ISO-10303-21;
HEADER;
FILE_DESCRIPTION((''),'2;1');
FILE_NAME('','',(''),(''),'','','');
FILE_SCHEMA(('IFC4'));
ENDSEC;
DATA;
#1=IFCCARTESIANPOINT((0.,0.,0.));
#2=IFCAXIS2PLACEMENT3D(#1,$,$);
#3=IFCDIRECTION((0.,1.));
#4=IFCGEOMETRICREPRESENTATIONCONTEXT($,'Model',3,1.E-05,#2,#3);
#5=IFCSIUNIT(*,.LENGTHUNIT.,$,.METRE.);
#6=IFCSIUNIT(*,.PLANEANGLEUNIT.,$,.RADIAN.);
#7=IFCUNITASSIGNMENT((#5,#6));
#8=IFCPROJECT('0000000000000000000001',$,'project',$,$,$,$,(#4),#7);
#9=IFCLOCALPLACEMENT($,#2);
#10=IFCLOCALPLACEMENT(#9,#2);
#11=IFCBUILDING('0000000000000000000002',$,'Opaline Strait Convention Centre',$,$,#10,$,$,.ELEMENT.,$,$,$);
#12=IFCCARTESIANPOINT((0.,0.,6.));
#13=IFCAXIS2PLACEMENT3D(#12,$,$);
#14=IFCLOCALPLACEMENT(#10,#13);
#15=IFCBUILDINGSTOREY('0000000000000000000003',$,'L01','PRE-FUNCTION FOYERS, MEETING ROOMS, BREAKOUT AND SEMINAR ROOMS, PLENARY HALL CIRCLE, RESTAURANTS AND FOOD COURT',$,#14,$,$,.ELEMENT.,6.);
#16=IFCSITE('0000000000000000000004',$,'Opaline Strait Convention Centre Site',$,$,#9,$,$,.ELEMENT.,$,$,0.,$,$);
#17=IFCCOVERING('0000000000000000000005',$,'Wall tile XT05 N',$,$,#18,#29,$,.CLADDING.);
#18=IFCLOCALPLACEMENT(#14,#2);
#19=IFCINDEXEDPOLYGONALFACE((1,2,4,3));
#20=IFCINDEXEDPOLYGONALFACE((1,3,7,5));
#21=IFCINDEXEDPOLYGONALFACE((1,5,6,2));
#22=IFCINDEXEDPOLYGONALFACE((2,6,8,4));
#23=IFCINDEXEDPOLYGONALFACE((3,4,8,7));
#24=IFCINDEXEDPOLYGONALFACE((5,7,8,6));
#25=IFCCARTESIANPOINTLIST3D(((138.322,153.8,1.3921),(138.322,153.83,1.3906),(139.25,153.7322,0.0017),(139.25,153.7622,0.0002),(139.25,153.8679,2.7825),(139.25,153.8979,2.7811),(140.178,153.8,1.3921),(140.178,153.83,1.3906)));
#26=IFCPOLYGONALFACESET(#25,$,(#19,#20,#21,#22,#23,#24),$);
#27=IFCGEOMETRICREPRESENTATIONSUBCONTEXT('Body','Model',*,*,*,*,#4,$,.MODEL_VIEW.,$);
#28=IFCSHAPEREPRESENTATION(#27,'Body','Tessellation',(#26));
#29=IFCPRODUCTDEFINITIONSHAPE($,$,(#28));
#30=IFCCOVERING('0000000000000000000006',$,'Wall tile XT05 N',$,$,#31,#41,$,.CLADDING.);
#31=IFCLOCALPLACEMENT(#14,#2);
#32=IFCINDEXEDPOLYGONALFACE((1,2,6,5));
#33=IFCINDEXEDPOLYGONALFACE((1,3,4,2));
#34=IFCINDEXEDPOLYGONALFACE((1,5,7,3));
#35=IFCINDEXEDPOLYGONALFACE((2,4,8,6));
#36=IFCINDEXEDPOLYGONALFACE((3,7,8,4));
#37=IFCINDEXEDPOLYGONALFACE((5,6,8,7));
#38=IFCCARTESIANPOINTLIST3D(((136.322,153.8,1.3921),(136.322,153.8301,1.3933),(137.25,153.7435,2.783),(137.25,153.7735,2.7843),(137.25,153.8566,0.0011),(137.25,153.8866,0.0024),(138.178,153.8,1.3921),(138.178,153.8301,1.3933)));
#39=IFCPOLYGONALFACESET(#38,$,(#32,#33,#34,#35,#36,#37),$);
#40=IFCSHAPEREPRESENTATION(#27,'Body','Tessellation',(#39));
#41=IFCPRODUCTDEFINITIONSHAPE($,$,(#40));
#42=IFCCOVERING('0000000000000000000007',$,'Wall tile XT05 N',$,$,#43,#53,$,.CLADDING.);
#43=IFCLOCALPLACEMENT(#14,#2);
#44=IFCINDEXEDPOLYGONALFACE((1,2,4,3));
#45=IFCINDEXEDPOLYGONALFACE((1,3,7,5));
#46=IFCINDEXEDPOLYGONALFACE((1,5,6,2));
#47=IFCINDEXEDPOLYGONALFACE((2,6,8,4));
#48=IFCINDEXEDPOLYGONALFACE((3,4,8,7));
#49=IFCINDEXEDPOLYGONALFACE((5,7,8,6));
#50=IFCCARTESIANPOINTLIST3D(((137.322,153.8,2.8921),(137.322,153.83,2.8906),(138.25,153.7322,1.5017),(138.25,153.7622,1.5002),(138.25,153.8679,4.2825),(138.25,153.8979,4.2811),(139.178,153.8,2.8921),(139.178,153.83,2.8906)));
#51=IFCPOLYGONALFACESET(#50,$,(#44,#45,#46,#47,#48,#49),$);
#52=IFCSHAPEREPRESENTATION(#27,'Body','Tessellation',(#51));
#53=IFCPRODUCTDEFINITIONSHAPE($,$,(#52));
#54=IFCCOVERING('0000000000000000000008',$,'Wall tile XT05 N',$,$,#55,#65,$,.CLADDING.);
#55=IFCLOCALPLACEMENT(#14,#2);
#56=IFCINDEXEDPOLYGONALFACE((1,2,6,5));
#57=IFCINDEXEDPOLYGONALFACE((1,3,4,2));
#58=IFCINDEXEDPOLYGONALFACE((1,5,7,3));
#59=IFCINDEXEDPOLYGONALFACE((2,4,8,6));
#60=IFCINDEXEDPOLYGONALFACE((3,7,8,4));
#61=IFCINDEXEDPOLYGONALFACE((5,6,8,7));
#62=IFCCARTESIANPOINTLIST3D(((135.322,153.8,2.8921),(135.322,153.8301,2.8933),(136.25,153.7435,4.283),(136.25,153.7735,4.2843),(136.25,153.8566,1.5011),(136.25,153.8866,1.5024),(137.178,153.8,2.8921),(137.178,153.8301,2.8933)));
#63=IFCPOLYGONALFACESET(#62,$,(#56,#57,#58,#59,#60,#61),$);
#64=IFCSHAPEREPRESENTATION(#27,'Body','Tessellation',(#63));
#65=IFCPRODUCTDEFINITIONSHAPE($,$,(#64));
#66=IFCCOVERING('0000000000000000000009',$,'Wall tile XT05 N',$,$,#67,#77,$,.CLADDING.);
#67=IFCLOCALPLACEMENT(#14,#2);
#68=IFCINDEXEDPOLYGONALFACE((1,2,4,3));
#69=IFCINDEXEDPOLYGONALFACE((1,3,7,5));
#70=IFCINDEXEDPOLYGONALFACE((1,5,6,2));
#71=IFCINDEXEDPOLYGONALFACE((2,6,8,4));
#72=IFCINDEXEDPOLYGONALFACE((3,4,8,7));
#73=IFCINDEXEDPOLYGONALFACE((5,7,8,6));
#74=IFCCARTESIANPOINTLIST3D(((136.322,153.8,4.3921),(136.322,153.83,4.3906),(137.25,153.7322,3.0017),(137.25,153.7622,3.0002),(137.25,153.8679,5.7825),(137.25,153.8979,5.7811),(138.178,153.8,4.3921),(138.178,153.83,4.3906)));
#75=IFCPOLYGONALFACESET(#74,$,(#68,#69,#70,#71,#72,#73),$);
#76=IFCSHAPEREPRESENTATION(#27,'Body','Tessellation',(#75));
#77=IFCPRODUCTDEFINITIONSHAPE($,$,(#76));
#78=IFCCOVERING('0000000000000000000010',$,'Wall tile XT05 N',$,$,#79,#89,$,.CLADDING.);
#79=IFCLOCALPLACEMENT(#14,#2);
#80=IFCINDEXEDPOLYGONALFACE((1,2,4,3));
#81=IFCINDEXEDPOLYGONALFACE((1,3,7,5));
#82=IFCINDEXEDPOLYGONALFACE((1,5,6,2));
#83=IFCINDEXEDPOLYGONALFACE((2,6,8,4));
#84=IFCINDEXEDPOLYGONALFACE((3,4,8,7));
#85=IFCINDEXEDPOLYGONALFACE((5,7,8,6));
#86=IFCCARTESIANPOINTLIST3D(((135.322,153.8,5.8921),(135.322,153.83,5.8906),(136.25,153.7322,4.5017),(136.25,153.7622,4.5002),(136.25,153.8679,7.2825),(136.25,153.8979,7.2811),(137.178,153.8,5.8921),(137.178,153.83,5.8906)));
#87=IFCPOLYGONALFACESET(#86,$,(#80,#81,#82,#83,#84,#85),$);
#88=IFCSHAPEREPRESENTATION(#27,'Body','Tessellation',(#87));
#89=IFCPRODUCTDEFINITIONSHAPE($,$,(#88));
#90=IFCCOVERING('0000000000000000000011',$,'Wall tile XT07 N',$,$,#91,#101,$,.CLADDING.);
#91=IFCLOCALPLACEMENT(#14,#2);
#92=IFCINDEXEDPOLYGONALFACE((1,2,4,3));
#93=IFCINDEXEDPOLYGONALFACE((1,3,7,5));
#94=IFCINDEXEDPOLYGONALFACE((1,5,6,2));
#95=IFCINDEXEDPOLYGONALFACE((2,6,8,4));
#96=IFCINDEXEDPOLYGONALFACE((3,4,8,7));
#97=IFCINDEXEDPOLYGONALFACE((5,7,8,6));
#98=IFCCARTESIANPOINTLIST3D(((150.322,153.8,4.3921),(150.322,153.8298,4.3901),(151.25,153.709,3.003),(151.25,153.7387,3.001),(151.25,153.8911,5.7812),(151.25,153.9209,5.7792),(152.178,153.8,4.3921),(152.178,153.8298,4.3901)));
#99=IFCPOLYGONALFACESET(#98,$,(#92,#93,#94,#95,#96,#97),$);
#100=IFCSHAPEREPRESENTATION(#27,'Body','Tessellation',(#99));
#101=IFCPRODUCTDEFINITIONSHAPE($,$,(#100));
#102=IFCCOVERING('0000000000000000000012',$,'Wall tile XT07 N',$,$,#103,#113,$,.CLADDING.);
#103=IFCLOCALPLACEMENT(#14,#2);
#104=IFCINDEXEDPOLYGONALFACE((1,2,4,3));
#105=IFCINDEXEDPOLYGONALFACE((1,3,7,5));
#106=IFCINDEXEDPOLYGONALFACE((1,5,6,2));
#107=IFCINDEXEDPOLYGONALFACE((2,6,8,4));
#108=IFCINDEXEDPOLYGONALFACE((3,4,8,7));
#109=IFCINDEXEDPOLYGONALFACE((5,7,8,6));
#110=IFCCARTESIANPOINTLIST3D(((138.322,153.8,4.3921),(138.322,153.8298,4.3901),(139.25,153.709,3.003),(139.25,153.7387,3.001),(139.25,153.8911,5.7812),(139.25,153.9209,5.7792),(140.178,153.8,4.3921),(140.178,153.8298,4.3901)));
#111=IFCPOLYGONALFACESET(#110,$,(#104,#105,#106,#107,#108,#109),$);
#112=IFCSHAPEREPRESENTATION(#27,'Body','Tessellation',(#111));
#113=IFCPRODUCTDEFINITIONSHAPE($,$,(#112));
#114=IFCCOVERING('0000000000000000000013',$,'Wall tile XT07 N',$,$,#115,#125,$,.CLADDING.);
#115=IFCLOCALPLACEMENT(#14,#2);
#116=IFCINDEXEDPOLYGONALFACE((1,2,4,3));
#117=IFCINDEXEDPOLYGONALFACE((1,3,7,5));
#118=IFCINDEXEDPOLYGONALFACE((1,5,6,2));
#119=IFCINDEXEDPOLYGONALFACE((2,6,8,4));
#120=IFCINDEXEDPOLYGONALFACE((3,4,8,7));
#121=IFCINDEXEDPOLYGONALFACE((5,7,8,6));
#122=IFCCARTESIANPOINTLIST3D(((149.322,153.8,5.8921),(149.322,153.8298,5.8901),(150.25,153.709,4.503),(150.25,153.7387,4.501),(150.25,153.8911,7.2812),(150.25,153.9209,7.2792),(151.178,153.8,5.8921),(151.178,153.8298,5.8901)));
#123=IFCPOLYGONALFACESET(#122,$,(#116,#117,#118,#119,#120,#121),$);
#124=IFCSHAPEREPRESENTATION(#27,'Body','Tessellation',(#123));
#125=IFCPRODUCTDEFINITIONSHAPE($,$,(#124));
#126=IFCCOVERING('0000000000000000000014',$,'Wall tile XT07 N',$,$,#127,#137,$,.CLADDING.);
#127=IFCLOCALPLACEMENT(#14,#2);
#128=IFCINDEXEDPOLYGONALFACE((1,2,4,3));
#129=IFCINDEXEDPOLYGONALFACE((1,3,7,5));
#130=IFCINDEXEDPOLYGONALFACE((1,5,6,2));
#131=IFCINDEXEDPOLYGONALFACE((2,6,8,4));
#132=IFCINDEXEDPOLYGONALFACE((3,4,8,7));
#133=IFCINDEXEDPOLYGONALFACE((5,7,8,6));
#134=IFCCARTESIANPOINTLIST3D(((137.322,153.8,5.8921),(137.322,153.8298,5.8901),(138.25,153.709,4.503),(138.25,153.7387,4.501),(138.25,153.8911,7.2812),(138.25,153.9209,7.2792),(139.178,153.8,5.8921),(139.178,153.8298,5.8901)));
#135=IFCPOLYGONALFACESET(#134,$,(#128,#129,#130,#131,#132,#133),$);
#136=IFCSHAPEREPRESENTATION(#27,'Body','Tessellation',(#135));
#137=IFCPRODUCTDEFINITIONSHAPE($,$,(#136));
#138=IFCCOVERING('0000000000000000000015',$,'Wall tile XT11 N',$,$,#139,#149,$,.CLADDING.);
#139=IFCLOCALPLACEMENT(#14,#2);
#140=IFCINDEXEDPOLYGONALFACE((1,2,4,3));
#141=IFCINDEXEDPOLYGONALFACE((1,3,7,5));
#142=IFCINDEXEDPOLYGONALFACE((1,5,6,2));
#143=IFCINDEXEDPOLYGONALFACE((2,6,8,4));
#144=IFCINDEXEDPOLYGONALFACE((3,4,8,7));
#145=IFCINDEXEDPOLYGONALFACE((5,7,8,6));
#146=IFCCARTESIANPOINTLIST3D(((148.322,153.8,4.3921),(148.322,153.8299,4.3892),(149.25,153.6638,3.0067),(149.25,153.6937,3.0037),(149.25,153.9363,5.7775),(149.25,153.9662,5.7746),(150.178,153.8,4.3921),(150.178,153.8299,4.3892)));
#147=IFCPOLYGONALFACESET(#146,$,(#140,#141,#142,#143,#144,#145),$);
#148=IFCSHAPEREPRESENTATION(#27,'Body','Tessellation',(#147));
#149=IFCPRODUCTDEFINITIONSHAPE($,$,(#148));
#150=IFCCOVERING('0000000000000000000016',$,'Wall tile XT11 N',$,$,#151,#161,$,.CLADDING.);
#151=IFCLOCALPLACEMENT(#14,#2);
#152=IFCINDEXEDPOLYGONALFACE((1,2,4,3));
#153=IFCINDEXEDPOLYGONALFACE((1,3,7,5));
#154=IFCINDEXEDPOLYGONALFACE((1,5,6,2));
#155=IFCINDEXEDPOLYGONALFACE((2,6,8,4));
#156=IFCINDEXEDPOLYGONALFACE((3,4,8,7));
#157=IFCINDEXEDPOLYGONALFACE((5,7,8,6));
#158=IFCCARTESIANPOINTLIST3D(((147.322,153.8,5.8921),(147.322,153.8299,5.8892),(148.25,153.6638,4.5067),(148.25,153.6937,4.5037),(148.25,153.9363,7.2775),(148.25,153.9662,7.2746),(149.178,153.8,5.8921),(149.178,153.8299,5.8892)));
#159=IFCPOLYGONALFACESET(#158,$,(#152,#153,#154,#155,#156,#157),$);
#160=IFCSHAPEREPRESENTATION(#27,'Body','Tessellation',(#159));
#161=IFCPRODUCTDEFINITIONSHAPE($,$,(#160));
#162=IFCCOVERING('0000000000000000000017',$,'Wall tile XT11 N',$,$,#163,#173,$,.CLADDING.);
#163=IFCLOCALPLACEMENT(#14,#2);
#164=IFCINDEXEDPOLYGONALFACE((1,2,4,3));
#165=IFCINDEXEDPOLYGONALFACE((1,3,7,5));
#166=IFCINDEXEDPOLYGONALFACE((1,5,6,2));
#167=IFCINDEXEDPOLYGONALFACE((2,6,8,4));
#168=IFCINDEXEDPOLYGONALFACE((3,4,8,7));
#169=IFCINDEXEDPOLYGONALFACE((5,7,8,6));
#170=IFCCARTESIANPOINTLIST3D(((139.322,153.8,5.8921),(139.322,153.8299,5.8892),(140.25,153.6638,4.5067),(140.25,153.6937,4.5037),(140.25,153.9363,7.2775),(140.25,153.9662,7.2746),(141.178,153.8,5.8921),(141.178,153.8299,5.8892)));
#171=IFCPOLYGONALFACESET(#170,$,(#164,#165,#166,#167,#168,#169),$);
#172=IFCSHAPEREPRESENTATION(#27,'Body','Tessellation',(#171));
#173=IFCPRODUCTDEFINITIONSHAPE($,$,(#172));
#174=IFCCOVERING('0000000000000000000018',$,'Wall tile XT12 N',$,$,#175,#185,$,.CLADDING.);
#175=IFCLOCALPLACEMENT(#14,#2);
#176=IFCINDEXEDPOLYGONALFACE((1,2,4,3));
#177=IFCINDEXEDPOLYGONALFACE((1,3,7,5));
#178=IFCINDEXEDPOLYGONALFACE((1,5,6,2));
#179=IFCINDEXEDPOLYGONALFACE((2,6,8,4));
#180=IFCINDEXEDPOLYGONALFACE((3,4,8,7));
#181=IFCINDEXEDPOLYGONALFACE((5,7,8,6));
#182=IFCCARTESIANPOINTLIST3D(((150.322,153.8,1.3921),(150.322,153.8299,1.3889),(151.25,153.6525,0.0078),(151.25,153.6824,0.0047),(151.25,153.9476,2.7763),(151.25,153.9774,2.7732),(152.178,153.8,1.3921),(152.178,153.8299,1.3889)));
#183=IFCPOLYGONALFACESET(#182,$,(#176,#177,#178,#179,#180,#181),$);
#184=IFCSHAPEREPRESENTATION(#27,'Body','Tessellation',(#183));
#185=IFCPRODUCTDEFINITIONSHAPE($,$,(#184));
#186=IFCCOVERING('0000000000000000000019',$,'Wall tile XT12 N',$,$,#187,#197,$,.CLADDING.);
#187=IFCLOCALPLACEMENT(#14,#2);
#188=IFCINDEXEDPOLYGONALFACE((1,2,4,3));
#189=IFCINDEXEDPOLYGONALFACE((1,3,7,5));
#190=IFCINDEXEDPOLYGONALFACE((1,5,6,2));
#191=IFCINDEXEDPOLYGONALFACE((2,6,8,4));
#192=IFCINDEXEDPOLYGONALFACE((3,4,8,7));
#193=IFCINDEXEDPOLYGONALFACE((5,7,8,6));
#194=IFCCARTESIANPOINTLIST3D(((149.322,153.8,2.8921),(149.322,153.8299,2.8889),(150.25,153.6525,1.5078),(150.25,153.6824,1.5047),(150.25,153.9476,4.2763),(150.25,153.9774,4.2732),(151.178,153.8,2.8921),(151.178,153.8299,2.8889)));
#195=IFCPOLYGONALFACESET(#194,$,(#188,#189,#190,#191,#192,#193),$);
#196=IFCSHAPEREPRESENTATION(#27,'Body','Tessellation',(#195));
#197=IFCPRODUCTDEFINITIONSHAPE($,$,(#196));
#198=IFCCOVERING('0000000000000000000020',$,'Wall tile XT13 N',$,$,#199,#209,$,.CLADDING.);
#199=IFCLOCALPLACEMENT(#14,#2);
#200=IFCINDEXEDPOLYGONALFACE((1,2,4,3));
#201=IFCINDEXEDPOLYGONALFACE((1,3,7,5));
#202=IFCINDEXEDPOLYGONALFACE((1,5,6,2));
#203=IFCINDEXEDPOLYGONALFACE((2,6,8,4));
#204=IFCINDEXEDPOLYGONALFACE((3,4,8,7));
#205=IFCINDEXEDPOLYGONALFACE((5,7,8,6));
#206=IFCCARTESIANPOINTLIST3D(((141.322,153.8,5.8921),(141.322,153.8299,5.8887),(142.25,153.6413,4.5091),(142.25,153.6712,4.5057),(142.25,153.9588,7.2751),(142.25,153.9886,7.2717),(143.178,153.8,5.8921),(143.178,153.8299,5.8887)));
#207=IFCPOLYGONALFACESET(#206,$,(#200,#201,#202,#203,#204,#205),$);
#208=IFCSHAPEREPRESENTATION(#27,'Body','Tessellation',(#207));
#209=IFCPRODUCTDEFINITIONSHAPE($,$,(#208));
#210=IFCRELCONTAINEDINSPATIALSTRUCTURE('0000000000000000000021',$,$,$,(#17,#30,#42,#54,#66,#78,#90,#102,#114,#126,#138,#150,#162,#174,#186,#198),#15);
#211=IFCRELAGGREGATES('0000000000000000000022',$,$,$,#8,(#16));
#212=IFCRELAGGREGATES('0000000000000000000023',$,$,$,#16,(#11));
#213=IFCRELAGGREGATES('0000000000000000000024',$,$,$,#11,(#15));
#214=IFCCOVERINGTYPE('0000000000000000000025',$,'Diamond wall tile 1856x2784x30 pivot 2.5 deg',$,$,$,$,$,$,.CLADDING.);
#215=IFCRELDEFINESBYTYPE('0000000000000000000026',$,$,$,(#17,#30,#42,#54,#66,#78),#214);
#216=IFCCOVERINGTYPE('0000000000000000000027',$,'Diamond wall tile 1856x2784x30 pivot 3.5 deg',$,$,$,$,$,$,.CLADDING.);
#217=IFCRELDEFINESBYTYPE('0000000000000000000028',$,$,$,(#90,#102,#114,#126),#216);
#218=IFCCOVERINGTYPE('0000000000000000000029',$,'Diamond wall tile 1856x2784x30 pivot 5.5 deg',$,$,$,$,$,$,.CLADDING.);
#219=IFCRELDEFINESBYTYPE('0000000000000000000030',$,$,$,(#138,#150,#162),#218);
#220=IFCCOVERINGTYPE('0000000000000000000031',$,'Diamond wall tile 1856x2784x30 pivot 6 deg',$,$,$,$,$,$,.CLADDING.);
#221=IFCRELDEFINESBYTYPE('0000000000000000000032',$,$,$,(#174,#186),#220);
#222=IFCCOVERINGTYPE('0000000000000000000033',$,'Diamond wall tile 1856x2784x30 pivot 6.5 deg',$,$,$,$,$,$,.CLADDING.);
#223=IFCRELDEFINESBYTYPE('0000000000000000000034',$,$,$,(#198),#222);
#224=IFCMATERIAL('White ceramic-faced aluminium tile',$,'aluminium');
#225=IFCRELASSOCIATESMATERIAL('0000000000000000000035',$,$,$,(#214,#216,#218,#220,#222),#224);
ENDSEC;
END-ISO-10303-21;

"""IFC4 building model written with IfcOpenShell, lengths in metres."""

from ifc_helpers import new_model, si_unit, direction, frame, origin, place, context, subcontext, project, spatial, polyline, outline, extrude, material, material_profile, profile_set, type_object, element, save


model = new_model("IFC4")

# Units and contexts
model_context = context("Model", 3, precision=1e-05, world=origin(), true_north=direction((0.0, 1.0)))
body_context = subcontext(model_context, "Body", "Model", "MODEL_VIEW")
ifc_project = project(units=[si_unit("LENGTHUNIT", "METRE"), si_unit("PLANEANGLEUNIT", "RADIAN")], contexts=[model_context])

# Site, building, storey
site_placement = place(None, origin())
site = spatial("IfcSite", under=ifc_project, at=site_placement, Name="Opaline Strait Convention Centre Site", CompositionType="ELEMENT", RefElevation=0.0)
building_placement = place(site_placement, origin())
building = spatial("IfcBuilding", under=site, at=building_placement, Name="Opaline Strait Convention Centre", CompositionType="ELEMENT")
storey_placement = place(building_placement, frame((0.0, 0.0, 6.0)))
storey = spatial("IfcBuildingStorey", under=building, at=storey_placement, Name="L01", Description="PRE-FUNCTION FOYERS, MEETING ROOMS, BREAKOUT AND SEMINAR ROOMS, PLENARY HALL CIRCLE, RESTAURANTS AND FOOD COURT", CompositionType="ELEMENT", Elevation=6.0)

# Coverings
ifc_material_1 = material(Name="White ceramic-faced aluminium tile", Category="aluminium")
ifc_material_profile_1 = material_profile(ifc_material_1, outline(polyline([(0.928, 0.0), (0.0, 1.3921), (-0.928, 0.0), (0.0, -1.3921), (0.928, 0.0)])), Name="Diamond tile 1856x2784")
ifc_profile_set_1 = profile_set([ifc_material_profile_1], Name="White ceramic-faced aluminium tile")
covering_type_1 = type_object("IfcCoveringType", Name="Diamond wall tile 1856x2784x30 pivot 2.5 deg", PredefinedType="CLADDING", material=ifc_profile_set_1)
for number, where, z_axis, x_axis, name in (
    (1, (139.25, 153.8, 1.3921), (0.0, 0.998812, -0.048723), (-1.0, 0.0, 0.0), "Wall tile XT05 N"),
    (2, (137.25, 153.8, 1.3921), (0.0, 0.999175, 0.040617), (-1.0, 0.0, 0.0), "Wall tile XT05 N"),
    (3, (138.25, 153.8, 2.8921), (0.0, 0.998812, -0.048723), (-1.0, 0.0, 0.0), "Wall tile XT05 N"),
    (4, (136.25, 153.8, 2.8921), (0.0, 0.999175, 0.040617), (-1.0, 0.0, 0.0), "Wall tile XT05 N"),
    (5, (137.25, 153.8, 4.3921), (0.0, 0.998812, -0.048723), (-1.0, 0.0, 0.0), "Wall tile XT05 N"),
    (6, (136.25, 153.8, 5.8921), (0.0, 0.998812, -0.048723), (-1.0, 0.0, 0.0), "Wall tile XT05 N"),
):
    element("IfcCovering", number, at=place(storey_placement, frame(where, z_axis=z_axis, x_axis=x_axis)), inside=storey, type_object=covering_type_1, Name=name, PredefinedType="CLADDING", context=body_context, shape_type="SweptSolid", body=[
        extrude(outline(polyline([(0.928, 0.0), (0.0, 1.3921), (-0.928, 0.0), (0.0, -1.3921), (0.928, 0.0)])), origin(), (0.0, 0.0, 1.0), 0.03),
    ])
ifc_material_profile_2 = material_profile(ifc_material_1, outline(polyline([(0.928, 0.0), (0.0, 1.3921), (-0.928, 0.0), (0.0, -1.3921), (0.928, 0.0)])), Name="Diamond tile 1856x2784")
ifc_profile_set_2 = profile_set([ifc_material_profile_2], Name="White ceramic-faced aluminium tile")
covering_type_2 = type_object("IfcCoveringType", Name="Diamond wall tile 1856x2784x30 pivot 3.5 deg", PredefinedType="CLADDING", material=ifc_profile_set_2)
for number, where, z_axis, x_axis, name in (
    (7, (151.25, 153.8, 4.3921), (0.0, 0.997857, -0.065433), (-1.0, 0.0, 0.0), "Wall tile XT07 N"),
    (8, (139.25, 153.8, 4.3921), (0.0, 0.997857, -0.065433), (-1.0, 0.0, 0.0), "Wall tile XT07 N"),
    (9, (150.25, 153.8, 5.8921), (0.0, 0.997857, -0.065433), (-1.0, 0.0, 0.0), "Wall tile XT07 N"),
    (10, (138.25, 153.8, 5.8921), (0.0, 0.997857, -0.065433), (-1.0, 0.0, 0.0), "Wall tile XT07 N"),
):
    element("IfcCovering", number, at=place(storey_placement, frame(where, z_axis=z_axis, x_axis=x_axis)), inside=storey, type_object=covering_type_2, Name=name, PredefinedType="CLADDING", context=body_context, shape_type="SweptSolid", body=[
        extrude(outline(polyline([(0.928, 0.0), (0.0, 1.3921), (-0.928, 0.0), (0.0, -1.3921), (0.928, 0.0)])), origin(), (0.0, 0.0, 1.0), 0.0298),
    ])
ifc_material_profile_3 = material_profile(ifc_material_1, outline(polyline([(0.928, 0.0), (0.0, 1.3921), (-0.928, 0.0), (0.0, -1.3921), (0.928, 0.0)])), Name="Diamond tile 1856x2784")
ifc_profile_set_3 = profile_set([ifc_material_profile_3], Name="White ceramic-faced aluminium tile")
covering_type_3 = type_object("IfcCoveringType", Name="Diamond wall tile 1856x2784x30 pivot 5.5 deg", PredefinedType="CLADDING", material=ifc_profile_set_3)
for number, where, z_axis, x_axis, name in (
    (11, (149.25, 153.8, 4.3921), (0.0, 0.995197, -0.097888), (-1.0, 0.0, 0.0), "Wall tile XT11 N"),
    (12, (148.25, 153.8, 5.8921), (0.0, 0.995197, -0.097888), (-1.0, 0.0, 0.0), "Wall tile XT11 N"),
    (13, (140.25, 153.8, 5.8921), (0.0, 0.995197, -0.097888), (-1.0, 0.0, 0.0), "Wall tile XT11 N"),
):
    element("IfcCovering", number, at=place(storey_placement, frame(where, z_axis=z_axis, x_axis=x_axis)), inside=storey, type_object=covering_type_3, Name=name, PredefinedType="CLADDING", context=body_context, shape_type="SweptSolid", body=[
        extrude(outline(polyline([(0.928, 0.0), (0.0, 1.3921), (-0.928, 0.0), (0.0, -1.3921), (0.928, 0.0)])), origin(), (0.0, 0.0, 1.0), 0.03),
    ])
ifc_material_profile_4 = material_profile(ifc_material_1, outline(polyline([(0.928, 0.0), (0.0, 1.3921), (-0.928, 0.0), (0.0, -1.3921), (0.928, 0.0)])), Name="Diamond tile 1856x2784")
ifc_profile_set_4 = profile_set([ifc_material_profile_4], Name="White ceramic-faced aluminium tile")
covering_type_4 = type_object("IfcCoveringType", Name="Diamond wall tile 1856x2784x30 pivot 6 deg", PredefinedType="CLADDING", material=ifc_profile_set_4)
for number, where, z_axis, x_axis, name in (
    (14, (151.25, 153.8, 1.3921), (0.0, 0.994371, -0.105958), (-1.0, 0.0, 0.0), "Wall tile XT12 N"),
    (15, (150.25, 153.8, 2.8921), (0.0, 0.994371, -0.105958), (-1.0, 0.0, 0.0), "Wall tile XT12 N"),
):
    element("IfcCovering", number, at=place(storey_placement, frame(where, z_axis=z_axis, x_axis=x_axis)), inside=storey, type_object=covering_type_4, Name=name, PredefinedType="CLADDING", context=body_context, shape_type="SweptSolid", body=[
        extrude(outline(polyline([(0.928, 0.0), (0.0, 1.3921), (-0.928, 0.0), (0.0, -1.3921), (0.928, 0.0)])), origin(), (0.0, 0.0, 1.0), 0.03),
    ])
ifc_material_profile_5 = material_profile(ifc_material_1, outline(polyline([(0.928, 0.0), (0.0, 1.3921), (-0.928, 0.0), (0.0, -1.3921), (0.928, 0.0)])), Name="Diamond tile 1856x2784")
ifc_profile_set_5 = profile_set([ifc_material_profile_5], Name="White ceramic-faced aluminium tile")
covering_type_5 = type_object("IfcCoveringType", Name="Diamond wall tile 1856x2784x30 pivot 6.5 deg", PredefinedType="CLADDING", material=ifc_profile_set_5)
covering_placement = place(storey_placement, frame((142.25, 153.8, 5.8921), z_axis=(0.0, 0.99348, -0.114006), x_axis=(-1.0, 0.0, 0.0)))
element("IfcCovering", 16, at=covering_placement, inside=storey, type_object=covering_type_5, Name="Wall tile XT13 N", PredefinedType="CLADDING", context=body_context, shape_type="SweptSolid", body=[
    extrude(outline(polyline([(0.928, 0.0), (0.0, 1.3921), (-0.928, 0.0), (0.0, -1.3921), (0.928, 0.0)])), origin(), (0.0, 0.0, 1.0), 0.03),
])

save(model, "model.ifc")
